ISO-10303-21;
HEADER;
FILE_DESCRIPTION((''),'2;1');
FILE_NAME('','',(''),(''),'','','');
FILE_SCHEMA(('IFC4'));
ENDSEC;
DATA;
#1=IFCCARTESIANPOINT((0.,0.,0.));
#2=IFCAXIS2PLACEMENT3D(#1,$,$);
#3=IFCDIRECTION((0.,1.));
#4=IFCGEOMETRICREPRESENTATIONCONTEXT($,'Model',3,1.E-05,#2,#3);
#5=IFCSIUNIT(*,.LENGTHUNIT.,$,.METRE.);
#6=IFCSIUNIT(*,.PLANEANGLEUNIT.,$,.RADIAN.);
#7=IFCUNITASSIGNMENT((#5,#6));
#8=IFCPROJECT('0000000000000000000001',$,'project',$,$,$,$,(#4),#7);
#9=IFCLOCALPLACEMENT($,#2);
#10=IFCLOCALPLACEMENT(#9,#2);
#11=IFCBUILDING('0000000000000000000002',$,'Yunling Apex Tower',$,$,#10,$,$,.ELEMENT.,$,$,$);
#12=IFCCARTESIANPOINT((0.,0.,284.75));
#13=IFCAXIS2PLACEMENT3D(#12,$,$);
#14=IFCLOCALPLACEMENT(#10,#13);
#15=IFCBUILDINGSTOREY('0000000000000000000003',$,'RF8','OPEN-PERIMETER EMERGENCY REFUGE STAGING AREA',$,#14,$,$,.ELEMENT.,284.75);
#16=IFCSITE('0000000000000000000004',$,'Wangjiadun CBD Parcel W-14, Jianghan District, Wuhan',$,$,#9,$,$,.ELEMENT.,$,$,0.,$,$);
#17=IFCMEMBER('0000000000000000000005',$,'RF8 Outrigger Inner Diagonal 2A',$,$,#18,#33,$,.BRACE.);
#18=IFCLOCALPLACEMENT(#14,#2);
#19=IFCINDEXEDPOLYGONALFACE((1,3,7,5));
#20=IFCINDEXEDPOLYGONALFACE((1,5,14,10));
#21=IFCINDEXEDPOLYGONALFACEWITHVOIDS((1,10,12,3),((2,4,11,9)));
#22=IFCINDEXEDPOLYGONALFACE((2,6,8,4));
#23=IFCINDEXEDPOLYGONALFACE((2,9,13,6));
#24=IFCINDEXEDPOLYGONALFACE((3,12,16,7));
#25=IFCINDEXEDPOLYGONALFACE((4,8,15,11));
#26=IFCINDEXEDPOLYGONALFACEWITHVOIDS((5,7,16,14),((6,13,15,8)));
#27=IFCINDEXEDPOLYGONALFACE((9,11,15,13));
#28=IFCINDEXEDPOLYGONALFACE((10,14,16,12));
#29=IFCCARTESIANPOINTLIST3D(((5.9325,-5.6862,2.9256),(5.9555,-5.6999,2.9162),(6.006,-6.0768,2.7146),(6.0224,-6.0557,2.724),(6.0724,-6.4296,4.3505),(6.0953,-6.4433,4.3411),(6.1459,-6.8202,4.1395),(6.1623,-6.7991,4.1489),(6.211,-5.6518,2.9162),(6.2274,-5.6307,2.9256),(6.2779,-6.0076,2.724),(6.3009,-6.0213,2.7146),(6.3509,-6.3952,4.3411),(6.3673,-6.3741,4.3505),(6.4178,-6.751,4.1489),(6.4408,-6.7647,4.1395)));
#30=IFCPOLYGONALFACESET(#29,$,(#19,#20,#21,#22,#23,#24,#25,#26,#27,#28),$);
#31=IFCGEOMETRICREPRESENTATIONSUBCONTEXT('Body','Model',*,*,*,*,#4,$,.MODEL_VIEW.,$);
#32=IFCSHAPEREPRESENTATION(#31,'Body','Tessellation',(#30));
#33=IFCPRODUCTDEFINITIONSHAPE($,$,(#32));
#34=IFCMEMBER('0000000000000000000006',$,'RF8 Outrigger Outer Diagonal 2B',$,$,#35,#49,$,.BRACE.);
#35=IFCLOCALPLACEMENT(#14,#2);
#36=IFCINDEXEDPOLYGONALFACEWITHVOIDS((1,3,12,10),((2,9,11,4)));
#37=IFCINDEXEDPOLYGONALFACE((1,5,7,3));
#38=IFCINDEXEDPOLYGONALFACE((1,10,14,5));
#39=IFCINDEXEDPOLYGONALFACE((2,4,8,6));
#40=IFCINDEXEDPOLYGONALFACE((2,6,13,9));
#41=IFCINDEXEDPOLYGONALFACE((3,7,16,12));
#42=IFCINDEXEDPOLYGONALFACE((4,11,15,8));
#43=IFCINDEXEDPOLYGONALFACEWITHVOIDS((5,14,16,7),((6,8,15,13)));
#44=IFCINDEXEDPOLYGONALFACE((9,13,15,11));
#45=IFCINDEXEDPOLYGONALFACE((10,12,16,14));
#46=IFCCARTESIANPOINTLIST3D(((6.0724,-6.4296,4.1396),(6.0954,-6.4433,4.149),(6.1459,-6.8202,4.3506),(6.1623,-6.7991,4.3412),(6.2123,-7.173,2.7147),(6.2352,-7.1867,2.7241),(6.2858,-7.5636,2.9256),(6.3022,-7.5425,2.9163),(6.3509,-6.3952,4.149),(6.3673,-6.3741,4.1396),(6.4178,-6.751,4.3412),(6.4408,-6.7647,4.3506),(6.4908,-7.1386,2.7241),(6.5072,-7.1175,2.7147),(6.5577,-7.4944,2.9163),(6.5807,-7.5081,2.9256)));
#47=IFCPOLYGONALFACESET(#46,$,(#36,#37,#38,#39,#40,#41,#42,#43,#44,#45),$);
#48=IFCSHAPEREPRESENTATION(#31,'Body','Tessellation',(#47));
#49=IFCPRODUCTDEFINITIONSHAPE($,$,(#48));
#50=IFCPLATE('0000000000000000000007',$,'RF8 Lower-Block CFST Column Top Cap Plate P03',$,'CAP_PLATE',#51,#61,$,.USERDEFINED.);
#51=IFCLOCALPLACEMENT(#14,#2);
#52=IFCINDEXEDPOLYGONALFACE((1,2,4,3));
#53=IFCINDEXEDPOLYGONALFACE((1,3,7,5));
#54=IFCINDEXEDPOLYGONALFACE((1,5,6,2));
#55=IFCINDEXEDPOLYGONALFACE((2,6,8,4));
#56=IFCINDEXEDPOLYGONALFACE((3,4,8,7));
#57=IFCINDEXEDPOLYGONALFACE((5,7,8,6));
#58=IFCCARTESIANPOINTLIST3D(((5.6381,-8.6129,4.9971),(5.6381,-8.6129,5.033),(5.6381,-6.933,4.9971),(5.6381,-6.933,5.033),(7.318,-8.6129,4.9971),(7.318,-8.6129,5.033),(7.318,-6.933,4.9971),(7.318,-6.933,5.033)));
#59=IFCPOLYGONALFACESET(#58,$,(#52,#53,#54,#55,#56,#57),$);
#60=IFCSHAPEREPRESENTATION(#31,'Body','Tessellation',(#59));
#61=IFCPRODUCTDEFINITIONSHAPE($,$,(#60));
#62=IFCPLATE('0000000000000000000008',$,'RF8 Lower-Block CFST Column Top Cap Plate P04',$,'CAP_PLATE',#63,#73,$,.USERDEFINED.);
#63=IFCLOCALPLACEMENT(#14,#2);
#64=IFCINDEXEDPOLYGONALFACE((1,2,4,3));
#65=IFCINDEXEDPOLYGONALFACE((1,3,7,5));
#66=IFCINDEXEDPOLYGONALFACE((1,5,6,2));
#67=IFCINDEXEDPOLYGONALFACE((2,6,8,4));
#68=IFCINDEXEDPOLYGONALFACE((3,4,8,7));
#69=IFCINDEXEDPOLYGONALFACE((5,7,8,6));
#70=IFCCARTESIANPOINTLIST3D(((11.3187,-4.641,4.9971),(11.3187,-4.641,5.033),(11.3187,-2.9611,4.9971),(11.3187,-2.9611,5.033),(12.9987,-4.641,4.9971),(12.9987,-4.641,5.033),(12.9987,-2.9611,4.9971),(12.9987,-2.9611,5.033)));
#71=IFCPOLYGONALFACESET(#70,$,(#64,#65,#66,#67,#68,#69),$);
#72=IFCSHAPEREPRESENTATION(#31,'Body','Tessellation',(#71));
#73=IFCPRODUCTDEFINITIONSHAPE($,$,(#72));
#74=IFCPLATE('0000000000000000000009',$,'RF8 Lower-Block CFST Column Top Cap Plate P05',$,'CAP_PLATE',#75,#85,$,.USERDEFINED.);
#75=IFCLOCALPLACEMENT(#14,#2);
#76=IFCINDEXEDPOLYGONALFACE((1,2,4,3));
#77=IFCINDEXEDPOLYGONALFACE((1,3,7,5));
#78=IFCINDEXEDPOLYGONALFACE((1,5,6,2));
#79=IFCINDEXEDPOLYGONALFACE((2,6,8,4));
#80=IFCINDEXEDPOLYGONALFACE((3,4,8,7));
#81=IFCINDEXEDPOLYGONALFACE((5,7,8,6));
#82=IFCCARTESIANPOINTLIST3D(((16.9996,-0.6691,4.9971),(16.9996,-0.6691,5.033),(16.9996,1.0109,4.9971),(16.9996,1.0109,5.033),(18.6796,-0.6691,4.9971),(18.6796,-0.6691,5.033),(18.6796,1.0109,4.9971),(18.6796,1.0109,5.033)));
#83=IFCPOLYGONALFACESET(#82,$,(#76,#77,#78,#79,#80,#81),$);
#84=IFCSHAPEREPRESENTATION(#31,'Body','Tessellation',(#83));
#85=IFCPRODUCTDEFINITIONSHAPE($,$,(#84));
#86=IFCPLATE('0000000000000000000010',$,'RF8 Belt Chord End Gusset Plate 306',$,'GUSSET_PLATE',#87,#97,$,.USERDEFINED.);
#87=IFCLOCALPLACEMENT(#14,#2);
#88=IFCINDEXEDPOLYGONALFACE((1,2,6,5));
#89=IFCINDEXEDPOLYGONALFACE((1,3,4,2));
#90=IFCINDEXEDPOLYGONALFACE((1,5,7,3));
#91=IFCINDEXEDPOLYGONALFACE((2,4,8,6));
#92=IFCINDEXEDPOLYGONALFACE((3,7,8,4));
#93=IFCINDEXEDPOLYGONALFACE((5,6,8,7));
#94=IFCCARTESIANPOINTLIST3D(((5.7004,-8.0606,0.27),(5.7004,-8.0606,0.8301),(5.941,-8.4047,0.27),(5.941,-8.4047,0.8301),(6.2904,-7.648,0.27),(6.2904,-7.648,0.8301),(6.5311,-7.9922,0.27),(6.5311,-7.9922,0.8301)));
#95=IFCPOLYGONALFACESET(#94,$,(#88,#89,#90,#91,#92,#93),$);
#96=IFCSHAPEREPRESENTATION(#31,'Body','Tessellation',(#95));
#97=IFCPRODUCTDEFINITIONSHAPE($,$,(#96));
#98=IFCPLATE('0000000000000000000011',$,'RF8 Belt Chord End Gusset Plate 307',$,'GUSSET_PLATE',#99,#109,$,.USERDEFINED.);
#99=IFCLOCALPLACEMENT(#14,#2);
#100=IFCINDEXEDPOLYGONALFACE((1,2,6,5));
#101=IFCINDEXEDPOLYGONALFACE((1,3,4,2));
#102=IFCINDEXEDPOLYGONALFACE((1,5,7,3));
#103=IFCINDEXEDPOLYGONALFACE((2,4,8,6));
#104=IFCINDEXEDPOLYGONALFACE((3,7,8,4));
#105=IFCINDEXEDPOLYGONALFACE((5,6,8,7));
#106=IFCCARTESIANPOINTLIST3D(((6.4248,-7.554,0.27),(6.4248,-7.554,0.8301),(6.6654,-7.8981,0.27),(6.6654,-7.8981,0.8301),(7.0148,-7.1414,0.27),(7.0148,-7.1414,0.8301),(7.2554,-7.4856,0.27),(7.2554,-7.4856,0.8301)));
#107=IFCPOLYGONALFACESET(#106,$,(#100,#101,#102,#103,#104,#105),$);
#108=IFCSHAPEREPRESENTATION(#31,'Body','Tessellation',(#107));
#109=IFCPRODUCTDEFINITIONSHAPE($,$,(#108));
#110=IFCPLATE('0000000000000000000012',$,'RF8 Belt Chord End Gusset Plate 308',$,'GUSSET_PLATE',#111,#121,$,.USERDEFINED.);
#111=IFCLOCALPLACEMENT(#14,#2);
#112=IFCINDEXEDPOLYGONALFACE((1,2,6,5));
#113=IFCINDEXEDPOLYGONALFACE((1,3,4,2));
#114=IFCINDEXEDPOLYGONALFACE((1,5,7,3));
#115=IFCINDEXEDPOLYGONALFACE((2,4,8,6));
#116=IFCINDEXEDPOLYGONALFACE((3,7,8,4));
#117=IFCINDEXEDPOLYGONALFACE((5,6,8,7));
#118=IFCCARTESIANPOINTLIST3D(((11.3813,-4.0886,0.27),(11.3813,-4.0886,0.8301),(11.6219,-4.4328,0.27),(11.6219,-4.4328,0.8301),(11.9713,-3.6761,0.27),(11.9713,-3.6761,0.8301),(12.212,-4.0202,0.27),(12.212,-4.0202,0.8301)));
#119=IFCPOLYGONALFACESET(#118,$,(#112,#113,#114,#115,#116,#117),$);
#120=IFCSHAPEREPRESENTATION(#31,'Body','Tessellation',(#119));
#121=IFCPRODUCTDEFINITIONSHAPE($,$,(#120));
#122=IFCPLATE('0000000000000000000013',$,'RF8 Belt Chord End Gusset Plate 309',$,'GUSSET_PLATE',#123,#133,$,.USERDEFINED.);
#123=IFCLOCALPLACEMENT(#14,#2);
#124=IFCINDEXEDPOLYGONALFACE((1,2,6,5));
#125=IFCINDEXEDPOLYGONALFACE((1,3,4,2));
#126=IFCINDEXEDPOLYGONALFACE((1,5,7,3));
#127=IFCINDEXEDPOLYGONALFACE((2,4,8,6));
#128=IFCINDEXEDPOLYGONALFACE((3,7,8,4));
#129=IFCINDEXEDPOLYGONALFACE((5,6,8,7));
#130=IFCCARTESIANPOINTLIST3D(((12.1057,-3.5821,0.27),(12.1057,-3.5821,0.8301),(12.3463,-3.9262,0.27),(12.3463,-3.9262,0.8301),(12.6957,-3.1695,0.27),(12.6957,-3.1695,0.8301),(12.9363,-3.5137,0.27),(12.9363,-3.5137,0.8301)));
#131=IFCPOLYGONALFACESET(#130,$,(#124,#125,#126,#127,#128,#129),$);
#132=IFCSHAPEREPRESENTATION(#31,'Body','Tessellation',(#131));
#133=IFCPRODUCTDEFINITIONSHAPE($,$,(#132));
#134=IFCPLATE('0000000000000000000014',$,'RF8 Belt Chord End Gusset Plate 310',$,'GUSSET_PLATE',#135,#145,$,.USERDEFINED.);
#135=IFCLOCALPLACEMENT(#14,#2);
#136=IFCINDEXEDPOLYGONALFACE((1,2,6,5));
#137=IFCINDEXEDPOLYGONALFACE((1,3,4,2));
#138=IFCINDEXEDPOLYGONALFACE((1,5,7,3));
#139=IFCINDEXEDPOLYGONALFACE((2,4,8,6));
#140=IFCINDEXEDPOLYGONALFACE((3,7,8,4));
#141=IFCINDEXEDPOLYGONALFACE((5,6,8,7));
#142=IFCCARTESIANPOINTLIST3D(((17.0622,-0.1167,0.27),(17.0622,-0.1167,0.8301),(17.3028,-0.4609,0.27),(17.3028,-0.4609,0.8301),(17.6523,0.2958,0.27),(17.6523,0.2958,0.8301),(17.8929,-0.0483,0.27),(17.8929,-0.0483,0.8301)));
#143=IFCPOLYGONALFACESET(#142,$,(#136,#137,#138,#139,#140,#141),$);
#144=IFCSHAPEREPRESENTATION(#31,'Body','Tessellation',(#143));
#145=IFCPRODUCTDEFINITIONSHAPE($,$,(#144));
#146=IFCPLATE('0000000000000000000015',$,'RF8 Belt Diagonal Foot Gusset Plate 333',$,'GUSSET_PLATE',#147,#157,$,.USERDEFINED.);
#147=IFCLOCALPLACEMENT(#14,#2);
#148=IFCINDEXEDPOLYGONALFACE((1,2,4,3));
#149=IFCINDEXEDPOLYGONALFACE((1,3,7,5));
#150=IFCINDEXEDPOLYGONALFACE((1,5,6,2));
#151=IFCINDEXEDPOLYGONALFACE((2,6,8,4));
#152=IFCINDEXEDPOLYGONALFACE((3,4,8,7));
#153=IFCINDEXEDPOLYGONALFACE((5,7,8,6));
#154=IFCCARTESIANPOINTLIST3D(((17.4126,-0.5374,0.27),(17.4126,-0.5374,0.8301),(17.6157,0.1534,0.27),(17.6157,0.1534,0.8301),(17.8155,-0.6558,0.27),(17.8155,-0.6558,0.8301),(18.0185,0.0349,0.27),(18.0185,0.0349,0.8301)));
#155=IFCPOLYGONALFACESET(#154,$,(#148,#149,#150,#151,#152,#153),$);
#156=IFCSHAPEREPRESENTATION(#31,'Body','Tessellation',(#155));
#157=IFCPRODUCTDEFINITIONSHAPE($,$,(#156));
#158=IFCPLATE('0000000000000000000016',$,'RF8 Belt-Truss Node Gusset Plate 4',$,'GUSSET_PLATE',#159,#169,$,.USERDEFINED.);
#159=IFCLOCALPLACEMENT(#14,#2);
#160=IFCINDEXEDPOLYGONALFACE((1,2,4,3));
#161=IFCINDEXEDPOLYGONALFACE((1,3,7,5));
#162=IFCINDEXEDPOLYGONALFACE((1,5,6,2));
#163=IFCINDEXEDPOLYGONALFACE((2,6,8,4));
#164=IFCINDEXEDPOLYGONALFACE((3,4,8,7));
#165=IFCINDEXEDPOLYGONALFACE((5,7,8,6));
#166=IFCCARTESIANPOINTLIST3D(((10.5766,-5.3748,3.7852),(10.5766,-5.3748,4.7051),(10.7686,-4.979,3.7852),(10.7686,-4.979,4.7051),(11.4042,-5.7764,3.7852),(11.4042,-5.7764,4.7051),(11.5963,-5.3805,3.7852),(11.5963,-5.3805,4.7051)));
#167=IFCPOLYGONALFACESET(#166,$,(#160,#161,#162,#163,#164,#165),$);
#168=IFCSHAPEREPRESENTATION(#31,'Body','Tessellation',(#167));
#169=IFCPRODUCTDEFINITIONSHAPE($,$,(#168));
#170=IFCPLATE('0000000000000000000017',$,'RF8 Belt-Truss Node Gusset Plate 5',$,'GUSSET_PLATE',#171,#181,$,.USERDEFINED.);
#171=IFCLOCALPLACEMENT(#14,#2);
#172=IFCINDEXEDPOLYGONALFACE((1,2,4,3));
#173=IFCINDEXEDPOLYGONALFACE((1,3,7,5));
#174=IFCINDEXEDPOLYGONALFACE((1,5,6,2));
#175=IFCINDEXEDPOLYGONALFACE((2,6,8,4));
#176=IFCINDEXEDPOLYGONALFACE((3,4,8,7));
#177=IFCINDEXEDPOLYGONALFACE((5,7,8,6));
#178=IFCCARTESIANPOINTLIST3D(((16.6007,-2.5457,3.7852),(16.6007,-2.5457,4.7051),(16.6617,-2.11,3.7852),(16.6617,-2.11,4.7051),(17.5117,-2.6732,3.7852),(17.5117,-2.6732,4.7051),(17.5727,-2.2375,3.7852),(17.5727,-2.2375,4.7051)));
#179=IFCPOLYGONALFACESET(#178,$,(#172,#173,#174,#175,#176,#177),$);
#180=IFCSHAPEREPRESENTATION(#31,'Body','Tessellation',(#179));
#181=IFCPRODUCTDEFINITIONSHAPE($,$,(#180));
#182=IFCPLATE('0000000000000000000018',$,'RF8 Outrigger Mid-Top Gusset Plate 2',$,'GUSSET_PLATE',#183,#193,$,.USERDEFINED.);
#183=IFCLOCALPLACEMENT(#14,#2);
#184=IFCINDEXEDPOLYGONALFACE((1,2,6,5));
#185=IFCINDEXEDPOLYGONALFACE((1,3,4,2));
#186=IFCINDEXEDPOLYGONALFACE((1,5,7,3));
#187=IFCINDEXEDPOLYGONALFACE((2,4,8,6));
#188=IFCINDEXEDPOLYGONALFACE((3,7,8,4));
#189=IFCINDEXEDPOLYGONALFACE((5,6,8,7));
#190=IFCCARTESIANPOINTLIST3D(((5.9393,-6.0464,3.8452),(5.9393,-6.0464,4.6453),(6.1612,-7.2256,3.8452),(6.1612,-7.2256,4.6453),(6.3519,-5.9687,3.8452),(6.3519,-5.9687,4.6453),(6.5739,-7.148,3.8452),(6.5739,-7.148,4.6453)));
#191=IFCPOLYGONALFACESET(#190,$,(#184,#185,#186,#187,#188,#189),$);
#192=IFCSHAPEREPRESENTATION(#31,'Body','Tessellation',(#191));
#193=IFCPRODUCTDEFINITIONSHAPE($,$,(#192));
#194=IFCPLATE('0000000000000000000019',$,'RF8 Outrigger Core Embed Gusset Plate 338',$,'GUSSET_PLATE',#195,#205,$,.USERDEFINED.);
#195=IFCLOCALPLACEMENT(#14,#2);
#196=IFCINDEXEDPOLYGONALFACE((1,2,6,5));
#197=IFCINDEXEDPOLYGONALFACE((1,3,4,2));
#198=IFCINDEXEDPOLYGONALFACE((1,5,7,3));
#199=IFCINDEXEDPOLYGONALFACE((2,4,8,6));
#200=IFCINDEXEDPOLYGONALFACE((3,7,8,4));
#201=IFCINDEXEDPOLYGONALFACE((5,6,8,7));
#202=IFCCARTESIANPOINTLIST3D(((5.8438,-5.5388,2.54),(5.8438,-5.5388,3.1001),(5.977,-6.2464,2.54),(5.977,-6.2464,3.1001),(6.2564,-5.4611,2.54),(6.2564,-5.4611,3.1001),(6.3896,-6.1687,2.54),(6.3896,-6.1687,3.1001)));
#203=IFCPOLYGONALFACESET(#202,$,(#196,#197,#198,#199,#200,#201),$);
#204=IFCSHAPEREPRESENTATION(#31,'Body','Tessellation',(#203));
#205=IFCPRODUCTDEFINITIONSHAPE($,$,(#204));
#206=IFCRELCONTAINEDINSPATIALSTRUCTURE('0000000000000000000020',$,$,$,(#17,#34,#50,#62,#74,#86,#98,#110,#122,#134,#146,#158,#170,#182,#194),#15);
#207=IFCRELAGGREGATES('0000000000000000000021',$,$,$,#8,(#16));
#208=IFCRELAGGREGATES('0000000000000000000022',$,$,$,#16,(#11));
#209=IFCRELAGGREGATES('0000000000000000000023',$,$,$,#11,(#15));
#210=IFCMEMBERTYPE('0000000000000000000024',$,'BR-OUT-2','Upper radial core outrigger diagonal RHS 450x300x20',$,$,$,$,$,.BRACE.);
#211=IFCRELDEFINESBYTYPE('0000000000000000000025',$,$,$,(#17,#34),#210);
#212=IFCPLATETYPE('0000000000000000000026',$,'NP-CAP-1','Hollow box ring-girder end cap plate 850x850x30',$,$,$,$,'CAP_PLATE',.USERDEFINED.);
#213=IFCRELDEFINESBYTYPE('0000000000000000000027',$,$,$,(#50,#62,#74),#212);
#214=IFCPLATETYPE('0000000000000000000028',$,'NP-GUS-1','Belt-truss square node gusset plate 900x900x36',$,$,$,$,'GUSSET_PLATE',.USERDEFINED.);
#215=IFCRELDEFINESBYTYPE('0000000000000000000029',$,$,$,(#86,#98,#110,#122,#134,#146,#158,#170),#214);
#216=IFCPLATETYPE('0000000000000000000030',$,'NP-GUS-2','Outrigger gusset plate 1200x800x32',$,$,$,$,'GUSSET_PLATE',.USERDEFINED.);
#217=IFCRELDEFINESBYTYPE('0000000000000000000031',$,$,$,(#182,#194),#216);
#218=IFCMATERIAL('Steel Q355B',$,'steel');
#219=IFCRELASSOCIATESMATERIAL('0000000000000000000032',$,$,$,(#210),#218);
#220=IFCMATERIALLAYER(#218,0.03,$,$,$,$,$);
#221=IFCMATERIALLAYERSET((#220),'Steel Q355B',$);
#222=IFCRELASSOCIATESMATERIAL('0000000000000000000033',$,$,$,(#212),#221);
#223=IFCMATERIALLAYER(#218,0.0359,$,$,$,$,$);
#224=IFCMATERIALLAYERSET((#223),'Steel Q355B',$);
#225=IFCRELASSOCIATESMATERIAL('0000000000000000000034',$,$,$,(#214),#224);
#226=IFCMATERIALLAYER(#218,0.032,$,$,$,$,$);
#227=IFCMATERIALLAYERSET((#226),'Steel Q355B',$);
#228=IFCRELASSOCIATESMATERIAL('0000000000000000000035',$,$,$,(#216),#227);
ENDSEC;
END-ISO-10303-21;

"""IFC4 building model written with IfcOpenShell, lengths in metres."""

from ifc_helpers import new_model, si_unit, direction, frame, origin, origin_2d, place, context, subcontext, project, spatial, rectangle, hollow_rectangle, extrude, source, transform, mapped, material, layer, layer_set, material_profile, profile_set, type_object, element, save


model = new_model("IFC4")

# Units and contexts
model_context = context("Model", 3, precision=1e-05, world=origin(), true_north=direction((0.0, 1.0)))
body_context = subcontext(model_context, "Body", "Model", "MODEL_VIEW")
ifc_project = project(units=[si_unit("LENGTHUNIT", "METRE"), si_unit("PLANEANGLEUNIT", "RADIAN")], contexts=[model_context])

# Site, building, storey
site_placement = place(None, origin())
site = spatial("IfcSite", under=ifc_project, at=site_placement, Name="Wangjiadun CBD Parcel W-14, Jianghan District, Wuhan", CompositionType="ELEMENT", RefElevation=0.0)
building_placement = place(site_placement, origin())
building = spatial("IfcBuilding", under=site, at=building_placement, Name="Yunling Apex Tower", CompositionType="ELEMENT")
storey_placement = place(building_placement, frame((0.0, 0.0, 284.75)))
storey = spatial("IfcBuildingStorey", under=building, at=storey_placement, Name="RF8", Description="OPEN-PERIMETER EMERGENCY REFUGE STAGING AREA", CompositionType="ELEMENT", Elevation=284.75)

# Shared definitions
ifc_material_1 = material(Name="Steel Q355B", Category="steel")

# Members
ifc_material_profile_1 = material_profile(ifc_material_1, hollow_rectangle(XDim=0.3, YDim=0.45, WallThickness=0.02, at=origin_2d()))
ifc_profile_set_1 = profile_set([ifc_material_profile_1], Name="Steel Q355B")
member_type_1 = type_object("IfcMemberType", Name="BR-OUT-2", Description="Upper radial core outrigger diagonal RHS 450x300x20", PredefinedType="BRACE", material=ifc_profile_set_1)
shared_shape_1 = source(origin(), body_context, "Body", "SweptSolid", [
    extrude(hollow_rectangle(XDim=0.3, YDim=0.45, WallThickness=0.02, at=origin_2d()), origin(), (0.0, 0.0, 1.0), 1.6133),
])
for number, where, z_axis, x_axis, name in (
    (1, (6.1167, -5.8538, 2.8201), (0.086708, -0.460777, 0.88327), (0.982751, 0.184932, 0.0), "RF8 Outrigger Inner Diagonal 2A"),
    (2, (6.2566, -6.5972, 4.2451), (0.086708, -0.460777, -0.88327), (0.982751, 0.184932, 0.0), "RF8 Outrigger Outer Diagonal 2B"),
):
    element("IfcMember", number, at=place(storey_placement, frame(where, z_axis=z_axis, x_axis=x_axis)), inside=storey, type_object=member_type_1, Name=name, PredefinedType="BRACE", context=body_context, shape_type="MappedRepresentation", body=[
        mapped(shared_shape_1, transform((0.0, 0.0, 0.0), scale=1.0)),
    ])

# Plates
ifc_layer_1 = layer(ifc_material_1, 0.03)
ifc_layer_set_1 = layer_set([ifc_layer_1], Name="Steel Q355B")
plate_type_1 = type_object("IfcPlateType", Name="NP-CAP-1", Description="Hollow box ring-girder end cap plate 850x850x30", ElementType="CAP_PLATE", PredefinedType="USERDEFINED", material=ifc_layer_set_1)
shared_shape_2 = source(origin(), body_context, "Body", "SweptSolid", [
    extrude(rectangle(XDim=1.6799, YDim=1.6799, at=origin_2d()), origin(), (0.0, 0.0, 1.0), 0.0359),
])
for number, where, z_axis, x_axis, name in (
    (3, (6.478, -7.7729, 4.9971), (0.0, 0.0, 1.0), (1.0, 0.0, 0.0), "RF8 Lower-Block CFST Column Top Cap Plate P03"),
    (4, (12.1587, -3.801, 4.9971), (0.0, 0.0, 1.0), (1.0, 0.0, 0.0), "RF8 Lower-Block CFST Column Top Cap Plate P04"),
    (5, (17.8396, 0.1709, 4.9971), (0.0, 0.0, 1.0), (1.0, 0.0, 0.0), "RF8 Lower-Block CFST Column Top Cap Plate P05"),
):
    element("IfcPlate", number, at=place(storey_placement, frame(where, z_axis=z_axis, x_axis=x_axis)), inside=storey, type_object=plate_type_1, Name=name, ObjectType="CAP_PLATE", PredefinedType="USERDEFINED", context=body_context, shape_type="MappedRepresentation", body=[
        mapped(shared_shape_2, transform((0.0, 0.0, 0.0), scale=1.0)),
    ])
ifc_layer_2 = layer(ifc_material_1, 0.0359)
ifc_layer_set_2 = layer_set([ifc_layer_2], Name="Steel Q355B")
plate_type_2 = type_object("IfcPlateType", Name="NP-GUS-1", Description="Belt-truss square node gusset plate 900x900x36", ElementType="GUSSET_PLATE", PredefinedType="USERDEFINED", material=ifc_layer_set_2)
shared_shape_3 = source(origin(), body_context, "Body", "SweptSolid", [
    extrude(rectangle(XDim=0.72, YDim=0.4199, at=origin_2d()), origin(), (0.0, 0.0, 1.0), 0.5601),
])
for number, where, z_axis, x_axis, name in (
    (6, (6.1157, -8.0264, 0.27), (0.0, 0.0, 1.0), (0.819552, 0.573004, 0.0), "RF8 Belt Chord End Gusset Plate 306"),
    (7, (6.8401, -7.5198, 0.27), (0.0, 0.0, 1.0), (0.819552, 0.573004, 0.0), "RF8 Belt Chord End Gusset Plate 307"),
    (8, (11.7966, -4.0544, 0.27), (0.0, 0.0, 1.0), (0.819552, 0.573004, 0.0), "RF8 Belt Chord End Gusset Plate 308"),
    (9, (12.521, -3.5479, 0.27), (0.0, 0.0, 1.0), (0.819552, 0.573004, 0.0), "RF8 Belt Chord End Gusset Plate 309"),
    (10, (17.4775, -0.0825, 0.27), (0.0, 0.0, 1.0), (0.819552, 0.573004, 0.0), "RF8 Belt Chord End Gusset Plate 310"),
    (11, (17.7156, -0.2512, 0.27), (0.0, 0.0, 1.0), (-0.282007, -0.959412, 0.0), "RF8 Belt Diagonal Foot Gusset Plate 333"),
):
    element("IfcPlate", number, at=place(storey_placement, frame(where, z_axis=z_axis, x_axis=x_axis)), inside=storey, type_object=plate_type_2, Name=name, ObjectType="GUSSET_PLATE", PredefinedType="USERDEFINED", context=body_context, shape_type="MappedRepresentation", body=[
        mapped(shared_shape_3, transform((0.0, 0.0, 0.0), scale=1.0)),
    ])
shared_shape_4 = source(origin(), body_context, "Body", "SweptSolid", [
    extrude(rectangle(XDim=0.9199, YDim=0.4399, at=origin_2d()), origin(), (0.0, 0.0, 1.0), 0.9199),
])
for number, where, z_axis, x_axis, name in (
    (12, (11.0864, -5.3777, 3.7852), (0.0, 0.0, 1.0), (0.89971, -0.436488, 0.0), "RF8 Belt-Truss Node Gusset Plate 4"),
    (13, (17.0867, -2.3916, 3.7852), (0.0, 0.0, 1.0), (0.990341, -0.138655, 0.0), "RF8 Belt-Truss Node Gusset Plate 5"),
):
    element("IfcPlate", number, at=place(storey_placement, frame(where, z_axis=z_axis, x_axis=x_axis)), inside=storey, type_object=plate_type_2, Name=name, ObjectType="GUSSET_PLATE", PredefinedType="USERDEFINED", context=body_context, shape_type="MappedRepresentation", body=[
        mapped(shared_shape_4, transform((0.0, 0.0, 0.0), scale=1.0)),
    ])
ifc_layer_3 = layer(ifc_material_1, 0.032)
ifc_layer_set_3 = layer_set([ifc_layer_3], Name="Steel Q355B")
plate_type_3 = type_object("IfcPlateType", Name="NP-GUS-2", Description="Outrigger gusset plate 1200x800x32", ElementType="GUSSET_PLATE", PredefinedType="USERDEFINED", material=ifc_layer_set_3)
shared_shape_5 = source(origin(), body_context, "Body", "SweptSolid", [
    extrude(rectangle(XDim=1.2, YDim=0.4199, at=origin_2d()), origin(), (0.0, 0.0, 1.0), 0.8),
])
plate_placement = place(storey_placement, frame((6.2566, -6.5972, 3.8452), z_axis=(0.0, 0.0, 1.0), x_axis=(0.184981, -0.982742, 0.0)))
element("IfcPlate", 14, at=plate_placement, inside=storey, type_object=plate_type_3, Name="RF8 Outrigger Mid-Top Gusset Plate 2", ObjectType="GUSSET_PLATE", PredefinedType="USERDEFINED", context=body_context, shape_type="MappedRepresentation", body=[
    mapped(shared_shape_5, transform((0.0, 0.0, 0.0), scale=1.0)),
])
shared_shape_6 = source(origin(), body_context, "Body", "SweptSolid", [
    extrude(rectangle(XDim=0.72, YDim=0.4199, at=origin_2d()), origin(), (0.0, 0.0, 1.0), 0.5601),
])
for number, where, z_axis, x_axis, name in (
    (15, (6.1167, -5.8538, 2.54), (0.0, 0.0, 1.0), (0.184981, -0.982742, 0.0), "RF8 Outrigger Core Embed Gusset Plate 338"),
):
    element("IfcPlate", number, at=place(storey_placement, frame(where, z_axis=z_axis, x_axis=x_axis)), inside=storey, type_object=plate_type_3, Name=name, ObjectType="GUSSET_PLATE", PredefinedType="USERDEFINED", context=body_context, shape_type="MappedRepresentation", body=[
        mapped(shared_shape_6, transform((0.0, 0.0, 0.0), scale=1.0)),
    ])

save(model, "model.ifc")
